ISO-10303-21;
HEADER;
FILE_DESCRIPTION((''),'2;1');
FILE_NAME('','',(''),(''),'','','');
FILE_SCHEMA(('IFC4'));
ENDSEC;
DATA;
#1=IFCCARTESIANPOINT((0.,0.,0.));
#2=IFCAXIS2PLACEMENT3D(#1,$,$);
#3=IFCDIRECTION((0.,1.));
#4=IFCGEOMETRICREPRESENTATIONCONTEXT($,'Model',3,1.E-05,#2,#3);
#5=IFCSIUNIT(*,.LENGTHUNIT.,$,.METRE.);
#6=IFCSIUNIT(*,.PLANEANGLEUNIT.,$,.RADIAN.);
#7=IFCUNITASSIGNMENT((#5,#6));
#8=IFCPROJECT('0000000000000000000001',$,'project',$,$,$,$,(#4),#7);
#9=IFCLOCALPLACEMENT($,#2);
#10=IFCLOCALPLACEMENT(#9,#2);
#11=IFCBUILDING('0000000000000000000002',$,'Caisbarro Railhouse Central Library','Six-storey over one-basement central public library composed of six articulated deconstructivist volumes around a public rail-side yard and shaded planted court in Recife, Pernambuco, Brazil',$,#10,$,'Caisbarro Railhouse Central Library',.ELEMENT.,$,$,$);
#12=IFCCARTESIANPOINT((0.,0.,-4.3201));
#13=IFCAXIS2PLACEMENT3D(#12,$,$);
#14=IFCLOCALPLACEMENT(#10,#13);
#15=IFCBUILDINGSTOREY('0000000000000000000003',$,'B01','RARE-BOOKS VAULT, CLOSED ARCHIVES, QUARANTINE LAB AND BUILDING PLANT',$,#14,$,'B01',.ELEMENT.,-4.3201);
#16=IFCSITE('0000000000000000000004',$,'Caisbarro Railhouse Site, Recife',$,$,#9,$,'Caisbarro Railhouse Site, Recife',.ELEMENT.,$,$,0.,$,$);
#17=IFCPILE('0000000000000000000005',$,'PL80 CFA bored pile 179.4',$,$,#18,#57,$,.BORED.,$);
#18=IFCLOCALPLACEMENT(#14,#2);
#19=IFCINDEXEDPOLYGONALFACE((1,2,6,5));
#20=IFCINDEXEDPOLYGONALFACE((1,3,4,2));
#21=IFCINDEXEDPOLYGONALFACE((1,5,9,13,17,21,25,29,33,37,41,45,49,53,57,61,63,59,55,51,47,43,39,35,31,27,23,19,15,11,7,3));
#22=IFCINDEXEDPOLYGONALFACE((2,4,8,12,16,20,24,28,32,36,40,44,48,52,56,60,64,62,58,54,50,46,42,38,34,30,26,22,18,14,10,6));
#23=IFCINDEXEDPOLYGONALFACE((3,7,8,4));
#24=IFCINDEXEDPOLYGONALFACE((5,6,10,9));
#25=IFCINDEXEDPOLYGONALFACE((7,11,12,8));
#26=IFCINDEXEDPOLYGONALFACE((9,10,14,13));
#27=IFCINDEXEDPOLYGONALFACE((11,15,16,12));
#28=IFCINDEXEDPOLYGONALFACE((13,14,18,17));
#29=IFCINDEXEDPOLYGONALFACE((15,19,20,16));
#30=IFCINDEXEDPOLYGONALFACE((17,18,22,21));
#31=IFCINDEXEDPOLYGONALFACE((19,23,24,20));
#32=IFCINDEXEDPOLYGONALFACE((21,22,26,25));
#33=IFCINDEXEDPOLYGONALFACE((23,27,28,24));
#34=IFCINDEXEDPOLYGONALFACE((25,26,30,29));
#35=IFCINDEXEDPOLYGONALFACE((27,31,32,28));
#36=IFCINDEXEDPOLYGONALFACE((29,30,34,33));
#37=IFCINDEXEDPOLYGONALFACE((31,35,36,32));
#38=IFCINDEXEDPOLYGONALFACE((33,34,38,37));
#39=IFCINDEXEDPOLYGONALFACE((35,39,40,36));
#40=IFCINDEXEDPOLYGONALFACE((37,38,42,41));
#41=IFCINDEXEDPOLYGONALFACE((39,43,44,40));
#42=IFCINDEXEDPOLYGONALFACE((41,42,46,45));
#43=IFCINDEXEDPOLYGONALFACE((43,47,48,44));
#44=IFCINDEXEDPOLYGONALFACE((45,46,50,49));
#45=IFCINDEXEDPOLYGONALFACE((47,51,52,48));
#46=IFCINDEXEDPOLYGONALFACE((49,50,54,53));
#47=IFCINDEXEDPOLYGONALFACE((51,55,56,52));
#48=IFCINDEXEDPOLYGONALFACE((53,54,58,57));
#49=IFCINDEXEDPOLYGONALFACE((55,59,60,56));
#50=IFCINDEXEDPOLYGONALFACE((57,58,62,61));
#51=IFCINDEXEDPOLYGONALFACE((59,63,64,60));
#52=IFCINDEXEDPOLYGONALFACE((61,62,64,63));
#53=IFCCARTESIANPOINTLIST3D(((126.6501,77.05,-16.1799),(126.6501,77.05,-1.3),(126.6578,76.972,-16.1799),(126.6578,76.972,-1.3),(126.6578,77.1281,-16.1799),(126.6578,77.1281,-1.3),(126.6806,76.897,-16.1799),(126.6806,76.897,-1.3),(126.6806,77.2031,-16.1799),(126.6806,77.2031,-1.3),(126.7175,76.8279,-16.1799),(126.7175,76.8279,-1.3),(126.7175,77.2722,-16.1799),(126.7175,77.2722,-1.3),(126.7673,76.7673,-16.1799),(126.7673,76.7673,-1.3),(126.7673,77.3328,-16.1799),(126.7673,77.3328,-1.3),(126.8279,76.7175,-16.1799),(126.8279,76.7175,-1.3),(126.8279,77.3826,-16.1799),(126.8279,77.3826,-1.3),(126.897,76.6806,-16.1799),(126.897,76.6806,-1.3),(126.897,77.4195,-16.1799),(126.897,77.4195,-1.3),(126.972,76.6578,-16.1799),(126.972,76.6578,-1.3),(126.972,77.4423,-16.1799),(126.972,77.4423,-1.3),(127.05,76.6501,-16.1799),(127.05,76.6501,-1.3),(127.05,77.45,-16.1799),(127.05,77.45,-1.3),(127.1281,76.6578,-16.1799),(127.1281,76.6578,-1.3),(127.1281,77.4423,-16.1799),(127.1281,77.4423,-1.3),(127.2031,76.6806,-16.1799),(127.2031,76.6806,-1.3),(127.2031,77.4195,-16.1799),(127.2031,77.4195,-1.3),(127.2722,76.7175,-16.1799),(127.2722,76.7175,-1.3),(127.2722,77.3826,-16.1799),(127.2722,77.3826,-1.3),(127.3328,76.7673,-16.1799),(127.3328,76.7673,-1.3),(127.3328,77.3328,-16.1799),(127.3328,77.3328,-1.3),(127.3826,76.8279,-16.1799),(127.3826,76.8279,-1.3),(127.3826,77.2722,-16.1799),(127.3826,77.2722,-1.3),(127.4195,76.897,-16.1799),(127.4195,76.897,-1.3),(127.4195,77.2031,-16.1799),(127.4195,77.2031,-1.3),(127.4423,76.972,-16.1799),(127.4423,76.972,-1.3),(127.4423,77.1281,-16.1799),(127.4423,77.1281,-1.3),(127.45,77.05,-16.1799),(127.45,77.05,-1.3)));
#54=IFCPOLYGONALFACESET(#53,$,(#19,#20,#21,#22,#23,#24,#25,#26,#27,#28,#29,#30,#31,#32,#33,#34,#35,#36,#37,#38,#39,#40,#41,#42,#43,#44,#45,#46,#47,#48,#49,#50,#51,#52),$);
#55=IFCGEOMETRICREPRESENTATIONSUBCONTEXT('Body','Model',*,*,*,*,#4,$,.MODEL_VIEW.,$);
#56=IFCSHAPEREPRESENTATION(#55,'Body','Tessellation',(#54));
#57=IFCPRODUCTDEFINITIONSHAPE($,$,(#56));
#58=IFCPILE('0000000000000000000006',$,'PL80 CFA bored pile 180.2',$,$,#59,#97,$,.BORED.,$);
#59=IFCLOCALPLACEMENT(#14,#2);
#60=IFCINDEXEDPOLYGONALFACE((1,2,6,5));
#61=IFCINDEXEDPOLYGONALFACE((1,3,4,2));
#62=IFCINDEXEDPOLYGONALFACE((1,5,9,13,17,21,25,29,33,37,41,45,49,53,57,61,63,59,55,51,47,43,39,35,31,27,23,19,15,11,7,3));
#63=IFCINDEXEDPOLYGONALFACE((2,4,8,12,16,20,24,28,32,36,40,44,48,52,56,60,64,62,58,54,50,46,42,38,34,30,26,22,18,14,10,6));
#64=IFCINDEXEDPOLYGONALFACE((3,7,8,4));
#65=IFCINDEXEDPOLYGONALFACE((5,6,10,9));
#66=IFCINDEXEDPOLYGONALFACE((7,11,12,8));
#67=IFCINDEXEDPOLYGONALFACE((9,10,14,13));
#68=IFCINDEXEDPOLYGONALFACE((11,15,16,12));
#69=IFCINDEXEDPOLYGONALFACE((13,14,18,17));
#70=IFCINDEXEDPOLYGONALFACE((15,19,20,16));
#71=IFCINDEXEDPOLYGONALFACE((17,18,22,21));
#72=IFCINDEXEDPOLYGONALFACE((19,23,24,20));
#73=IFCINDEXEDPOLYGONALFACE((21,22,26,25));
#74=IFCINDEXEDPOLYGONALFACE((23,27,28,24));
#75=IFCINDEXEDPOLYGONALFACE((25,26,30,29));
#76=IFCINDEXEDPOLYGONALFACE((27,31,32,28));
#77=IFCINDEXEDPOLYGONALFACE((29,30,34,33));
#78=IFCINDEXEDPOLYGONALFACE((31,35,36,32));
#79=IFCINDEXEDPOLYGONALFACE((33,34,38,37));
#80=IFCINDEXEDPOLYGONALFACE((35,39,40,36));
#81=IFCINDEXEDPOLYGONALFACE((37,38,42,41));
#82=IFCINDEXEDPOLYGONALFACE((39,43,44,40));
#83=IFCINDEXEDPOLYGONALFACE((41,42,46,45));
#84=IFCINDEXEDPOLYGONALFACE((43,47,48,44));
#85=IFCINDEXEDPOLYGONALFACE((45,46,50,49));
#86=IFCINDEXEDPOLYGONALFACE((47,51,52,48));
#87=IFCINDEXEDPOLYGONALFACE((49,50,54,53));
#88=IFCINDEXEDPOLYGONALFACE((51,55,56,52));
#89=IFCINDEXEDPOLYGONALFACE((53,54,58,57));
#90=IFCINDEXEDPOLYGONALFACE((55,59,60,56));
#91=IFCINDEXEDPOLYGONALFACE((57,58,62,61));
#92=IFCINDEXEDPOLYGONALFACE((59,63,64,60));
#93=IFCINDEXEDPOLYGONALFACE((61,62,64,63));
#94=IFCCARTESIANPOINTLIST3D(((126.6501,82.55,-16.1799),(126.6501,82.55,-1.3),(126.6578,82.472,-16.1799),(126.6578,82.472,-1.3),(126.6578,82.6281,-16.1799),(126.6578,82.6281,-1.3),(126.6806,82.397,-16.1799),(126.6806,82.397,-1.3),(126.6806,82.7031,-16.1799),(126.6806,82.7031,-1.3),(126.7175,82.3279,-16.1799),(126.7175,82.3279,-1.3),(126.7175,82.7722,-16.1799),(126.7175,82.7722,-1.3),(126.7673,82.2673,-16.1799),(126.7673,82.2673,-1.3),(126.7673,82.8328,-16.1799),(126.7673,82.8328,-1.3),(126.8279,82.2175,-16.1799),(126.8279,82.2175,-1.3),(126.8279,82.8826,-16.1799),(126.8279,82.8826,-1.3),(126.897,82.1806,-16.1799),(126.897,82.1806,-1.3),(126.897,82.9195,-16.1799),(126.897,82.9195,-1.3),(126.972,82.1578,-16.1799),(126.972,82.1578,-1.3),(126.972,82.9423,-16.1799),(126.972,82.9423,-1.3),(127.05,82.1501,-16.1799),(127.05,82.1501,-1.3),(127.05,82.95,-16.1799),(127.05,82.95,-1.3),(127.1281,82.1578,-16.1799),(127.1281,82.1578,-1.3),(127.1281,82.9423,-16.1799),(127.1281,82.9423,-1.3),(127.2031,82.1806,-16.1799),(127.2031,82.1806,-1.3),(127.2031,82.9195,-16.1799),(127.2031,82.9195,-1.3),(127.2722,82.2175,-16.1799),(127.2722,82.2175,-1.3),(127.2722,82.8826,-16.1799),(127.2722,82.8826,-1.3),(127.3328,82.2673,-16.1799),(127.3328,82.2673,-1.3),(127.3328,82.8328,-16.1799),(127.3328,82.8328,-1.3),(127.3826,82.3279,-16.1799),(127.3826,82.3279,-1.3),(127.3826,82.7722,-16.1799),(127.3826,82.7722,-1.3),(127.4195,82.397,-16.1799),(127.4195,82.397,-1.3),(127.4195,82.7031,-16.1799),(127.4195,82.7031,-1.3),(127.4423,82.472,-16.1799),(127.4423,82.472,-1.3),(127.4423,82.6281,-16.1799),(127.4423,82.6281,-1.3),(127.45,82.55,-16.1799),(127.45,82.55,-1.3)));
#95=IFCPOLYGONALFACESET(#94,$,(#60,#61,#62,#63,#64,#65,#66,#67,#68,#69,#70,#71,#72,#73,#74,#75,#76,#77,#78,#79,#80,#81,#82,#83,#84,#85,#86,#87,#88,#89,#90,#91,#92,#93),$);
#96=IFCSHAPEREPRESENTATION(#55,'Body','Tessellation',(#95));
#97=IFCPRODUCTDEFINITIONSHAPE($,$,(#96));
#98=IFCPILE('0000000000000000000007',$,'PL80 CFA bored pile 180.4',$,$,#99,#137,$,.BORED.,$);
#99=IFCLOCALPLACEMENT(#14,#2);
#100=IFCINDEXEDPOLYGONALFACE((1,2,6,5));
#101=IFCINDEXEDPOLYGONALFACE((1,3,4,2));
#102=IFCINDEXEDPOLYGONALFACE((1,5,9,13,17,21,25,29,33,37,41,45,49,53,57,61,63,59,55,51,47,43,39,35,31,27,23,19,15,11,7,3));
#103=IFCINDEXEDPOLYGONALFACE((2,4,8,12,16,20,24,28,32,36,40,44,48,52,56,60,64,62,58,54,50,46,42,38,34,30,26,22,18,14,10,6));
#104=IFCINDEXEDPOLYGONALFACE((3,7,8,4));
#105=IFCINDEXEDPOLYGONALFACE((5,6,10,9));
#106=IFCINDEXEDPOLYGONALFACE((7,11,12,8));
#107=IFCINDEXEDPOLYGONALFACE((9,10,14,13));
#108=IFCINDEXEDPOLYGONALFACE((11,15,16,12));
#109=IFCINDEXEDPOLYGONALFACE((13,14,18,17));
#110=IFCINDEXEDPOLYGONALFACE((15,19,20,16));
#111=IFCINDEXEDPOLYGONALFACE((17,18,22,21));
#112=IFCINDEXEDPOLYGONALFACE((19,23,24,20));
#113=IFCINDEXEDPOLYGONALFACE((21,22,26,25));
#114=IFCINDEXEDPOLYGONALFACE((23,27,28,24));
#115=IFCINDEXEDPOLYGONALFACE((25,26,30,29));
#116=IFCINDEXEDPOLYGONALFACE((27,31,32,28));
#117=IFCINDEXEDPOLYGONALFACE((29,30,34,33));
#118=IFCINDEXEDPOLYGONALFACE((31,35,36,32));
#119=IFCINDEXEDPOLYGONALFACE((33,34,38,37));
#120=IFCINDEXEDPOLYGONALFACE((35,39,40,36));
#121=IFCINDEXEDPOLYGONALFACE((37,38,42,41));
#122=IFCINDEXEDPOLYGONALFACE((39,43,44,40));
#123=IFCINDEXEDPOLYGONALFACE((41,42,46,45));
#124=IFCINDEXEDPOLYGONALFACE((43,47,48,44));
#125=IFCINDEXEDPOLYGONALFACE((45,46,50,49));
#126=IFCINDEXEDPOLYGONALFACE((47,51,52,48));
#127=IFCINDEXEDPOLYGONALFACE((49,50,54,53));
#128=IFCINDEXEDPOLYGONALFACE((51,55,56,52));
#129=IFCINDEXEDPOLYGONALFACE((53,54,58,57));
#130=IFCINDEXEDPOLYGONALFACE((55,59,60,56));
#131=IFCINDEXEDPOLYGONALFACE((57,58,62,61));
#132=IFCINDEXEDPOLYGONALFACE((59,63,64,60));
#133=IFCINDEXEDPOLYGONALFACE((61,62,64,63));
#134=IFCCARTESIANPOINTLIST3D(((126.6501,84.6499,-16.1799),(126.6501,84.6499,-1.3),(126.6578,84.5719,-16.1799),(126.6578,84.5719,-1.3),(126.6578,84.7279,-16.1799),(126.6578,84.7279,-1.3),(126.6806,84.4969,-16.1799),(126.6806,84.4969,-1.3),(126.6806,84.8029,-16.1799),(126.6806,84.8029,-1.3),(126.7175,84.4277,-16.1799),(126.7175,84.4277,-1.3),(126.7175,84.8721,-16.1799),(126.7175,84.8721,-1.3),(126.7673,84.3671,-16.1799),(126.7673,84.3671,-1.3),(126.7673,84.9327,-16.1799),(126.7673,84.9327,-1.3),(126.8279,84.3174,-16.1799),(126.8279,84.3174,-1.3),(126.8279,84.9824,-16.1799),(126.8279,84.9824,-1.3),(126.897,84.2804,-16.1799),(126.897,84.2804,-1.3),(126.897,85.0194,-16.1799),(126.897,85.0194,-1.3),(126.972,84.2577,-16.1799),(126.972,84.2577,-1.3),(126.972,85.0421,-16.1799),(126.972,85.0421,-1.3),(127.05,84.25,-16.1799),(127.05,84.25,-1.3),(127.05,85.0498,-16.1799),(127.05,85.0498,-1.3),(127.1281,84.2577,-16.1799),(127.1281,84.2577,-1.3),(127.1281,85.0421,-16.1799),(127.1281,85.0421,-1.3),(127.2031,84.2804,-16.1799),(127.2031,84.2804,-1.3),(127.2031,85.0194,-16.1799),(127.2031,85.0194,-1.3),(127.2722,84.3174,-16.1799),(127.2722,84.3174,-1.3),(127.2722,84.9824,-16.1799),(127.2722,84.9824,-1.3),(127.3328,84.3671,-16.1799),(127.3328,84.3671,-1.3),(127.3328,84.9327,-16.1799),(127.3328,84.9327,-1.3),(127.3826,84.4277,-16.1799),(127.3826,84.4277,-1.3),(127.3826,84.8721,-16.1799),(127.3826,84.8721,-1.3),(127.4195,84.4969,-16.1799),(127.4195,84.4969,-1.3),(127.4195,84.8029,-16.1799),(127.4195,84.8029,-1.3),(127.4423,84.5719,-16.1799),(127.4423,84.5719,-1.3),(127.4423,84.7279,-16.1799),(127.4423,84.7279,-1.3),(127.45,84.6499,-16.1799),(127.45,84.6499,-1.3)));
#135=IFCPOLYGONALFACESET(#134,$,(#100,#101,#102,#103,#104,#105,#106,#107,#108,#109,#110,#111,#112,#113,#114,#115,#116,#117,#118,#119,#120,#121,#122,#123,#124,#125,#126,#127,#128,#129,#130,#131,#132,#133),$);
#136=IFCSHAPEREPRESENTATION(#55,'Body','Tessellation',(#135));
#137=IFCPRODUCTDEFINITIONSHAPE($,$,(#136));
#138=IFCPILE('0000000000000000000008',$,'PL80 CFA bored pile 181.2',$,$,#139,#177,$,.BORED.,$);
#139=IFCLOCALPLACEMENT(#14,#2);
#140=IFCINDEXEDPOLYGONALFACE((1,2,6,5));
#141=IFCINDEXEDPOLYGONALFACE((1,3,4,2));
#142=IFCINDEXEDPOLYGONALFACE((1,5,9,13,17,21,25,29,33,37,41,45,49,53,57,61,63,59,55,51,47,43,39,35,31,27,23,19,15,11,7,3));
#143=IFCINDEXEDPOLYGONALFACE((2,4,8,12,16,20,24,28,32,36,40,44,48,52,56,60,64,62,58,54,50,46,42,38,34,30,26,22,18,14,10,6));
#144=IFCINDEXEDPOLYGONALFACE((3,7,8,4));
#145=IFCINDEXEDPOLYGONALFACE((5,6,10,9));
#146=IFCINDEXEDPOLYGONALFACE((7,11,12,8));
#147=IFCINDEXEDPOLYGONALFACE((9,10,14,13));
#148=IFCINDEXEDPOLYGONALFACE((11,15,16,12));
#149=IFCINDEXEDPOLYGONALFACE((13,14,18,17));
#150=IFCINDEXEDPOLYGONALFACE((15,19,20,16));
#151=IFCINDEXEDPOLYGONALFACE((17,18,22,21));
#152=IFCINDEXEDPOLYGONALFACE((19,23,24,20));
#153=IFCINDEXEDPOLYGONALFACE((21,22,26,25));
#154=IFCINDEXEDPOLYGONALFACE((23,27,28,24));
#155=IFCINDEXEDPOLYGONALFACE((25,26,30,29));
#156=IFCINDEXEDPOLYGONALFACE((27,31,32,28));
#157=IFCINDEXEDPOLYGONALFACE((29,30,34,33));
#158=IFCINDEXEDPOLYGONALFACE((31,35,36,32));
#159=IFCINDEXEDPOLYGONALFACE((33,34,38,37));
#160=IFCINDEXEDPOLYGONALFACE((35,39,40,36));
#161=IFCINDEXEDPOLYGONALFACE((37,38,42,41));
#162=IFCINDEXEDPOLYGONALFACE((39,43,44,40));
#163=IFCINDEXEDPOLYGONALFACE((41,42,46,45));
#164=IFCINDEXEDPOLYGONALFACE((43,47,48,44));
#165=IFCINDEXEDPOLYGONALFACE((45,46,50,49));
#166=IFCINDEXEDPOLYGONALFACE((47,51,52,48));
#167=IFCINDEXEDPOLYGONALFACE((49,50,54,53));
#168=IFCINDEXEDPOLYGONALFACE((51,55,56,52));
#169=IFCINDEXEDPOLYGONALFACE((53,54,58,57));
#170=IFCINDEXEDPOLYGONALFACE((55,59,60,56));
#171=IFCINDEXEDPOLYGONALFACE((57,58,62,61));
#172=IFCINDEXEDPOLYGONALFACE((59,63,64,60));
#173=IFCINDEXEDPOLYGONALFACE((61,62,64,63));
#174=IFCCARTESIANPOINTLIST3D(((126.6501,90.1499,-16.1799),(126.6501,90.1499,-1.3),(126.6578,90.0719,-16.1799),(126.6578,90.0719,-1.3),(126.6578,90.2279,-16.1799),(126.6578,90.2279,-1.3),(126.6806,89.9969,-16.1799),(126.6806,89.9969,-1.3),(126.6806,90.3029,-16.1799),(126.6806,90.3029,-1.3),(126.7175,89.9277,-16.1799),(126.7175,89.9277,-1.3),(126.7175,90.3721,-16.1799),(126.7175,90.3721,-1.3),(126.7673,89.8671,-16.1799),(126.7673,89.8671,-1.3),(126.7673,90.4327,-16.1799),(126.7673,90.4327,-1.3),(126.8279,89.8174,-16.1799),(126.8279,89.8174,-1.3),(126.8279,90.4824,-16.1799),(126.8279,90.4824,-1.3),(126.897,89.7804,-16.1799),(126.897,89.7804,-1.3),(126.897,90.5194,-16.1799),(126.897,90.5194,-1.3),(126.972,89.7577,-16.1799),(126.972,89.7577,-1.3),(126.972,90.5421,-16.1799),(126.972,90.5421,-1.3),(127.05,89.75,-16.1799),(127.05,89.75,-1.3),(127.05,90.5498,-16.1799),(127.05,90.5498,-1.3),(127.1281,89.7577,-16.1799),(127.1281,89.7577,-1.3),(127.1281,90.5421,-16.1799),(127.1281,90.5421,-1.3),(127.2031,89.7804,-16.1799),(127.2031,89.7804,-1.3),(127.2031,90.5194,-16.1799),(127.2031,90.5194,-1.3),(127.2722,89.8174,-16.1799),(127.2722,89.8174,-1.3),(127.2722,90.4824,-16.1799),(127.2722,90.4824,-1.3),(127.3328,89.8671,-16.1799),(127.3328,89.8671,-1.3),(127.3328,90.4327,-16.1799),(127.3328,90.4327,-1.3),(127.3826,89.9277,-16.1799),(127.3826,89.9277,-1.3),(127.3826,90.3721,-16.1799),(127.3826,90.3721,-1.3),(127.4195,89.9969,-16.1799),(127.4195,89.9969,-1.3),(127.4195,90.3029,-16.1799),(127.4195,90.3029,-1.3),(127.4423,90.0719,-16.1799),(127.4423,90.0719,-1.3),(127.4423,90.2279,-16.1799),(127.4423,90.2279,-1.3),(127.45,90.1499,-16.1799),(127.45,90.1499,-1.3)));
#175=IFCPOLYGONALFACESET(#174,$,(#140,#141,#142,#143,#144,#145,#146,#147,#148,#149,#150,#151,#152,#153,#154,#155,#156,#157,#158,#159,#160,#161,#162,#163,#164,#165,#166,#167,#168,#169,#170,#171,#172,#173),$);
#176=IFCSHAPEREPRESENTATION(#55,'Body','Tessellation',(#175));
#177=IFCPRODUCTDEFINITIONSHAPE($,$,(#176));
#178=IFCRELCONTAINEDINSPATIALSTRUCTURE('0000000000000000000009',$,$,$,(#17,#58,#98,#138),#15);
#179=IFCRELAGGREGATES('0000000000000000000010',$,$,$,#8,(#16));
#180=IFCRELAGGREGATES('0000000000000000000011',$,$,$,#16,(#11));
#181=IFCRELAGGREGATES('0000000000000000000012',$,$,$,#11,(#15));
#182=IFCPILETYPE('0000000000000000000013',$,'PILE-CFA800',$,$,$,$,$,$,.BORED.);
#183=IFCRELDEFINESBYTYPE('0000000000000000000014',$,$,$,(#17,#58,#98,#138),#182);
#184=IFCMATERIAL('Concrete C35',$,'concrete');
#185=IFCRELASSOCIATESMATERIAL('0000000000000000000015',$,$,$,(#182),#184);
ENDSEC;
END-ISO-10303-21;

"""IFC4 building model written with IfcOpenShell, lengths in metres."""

from ifc_helpers import new_model, si_unit, direction, frame, origin, origin_2d, place, context, subcontext, project, spatial, circle, extrude, material, material_profile, profile_set, type_object, element, save


model = new_model("IFC4")

# Units and contexts
model_context = context("Model", 3, precision=1e-05, world=origin(), true_north=direction((0.0, 1.0)))
body_context = subcontext(model_context, "Body", "Model", "MODEL_VIEW")
ifc_project = project(units=[si_unit("LENGTHUNIT", "METRE"), si_unit("PLANEANGLEUNIT", "RADIAN")], contexts=[model_context])

# Site, building, storey
site_placement = place(None, origin())
site = spatial("IfcSite", under=ifc_project, at=site_placement, Name="Caisbarro Railhouse Site, Recife", LongName="Caisbarro Railhouse Site, Recife", CompositionType="ELEMENT", RefElevation=0.0)
building_placement = place(site_placement, origin())
building = spatial("IfcBuilding", under=site, at=building_placement, Name="Caisbarro Railhouse Central Library", Description="Six-storey over one-basement central public library composed of six articulated deconstructivist volumes around a public rail-side yard and shaded planted court in Recife, Pernambuco, Brazil", LongName="Caisbarro Railhouse Central Library", CompositionType="ELEMENT")
storey_placement = place(building_placement, frame((0.0, 0.0, -4.3201)))
storey = spatial("IfcBuildingStorey", under=building, at=storey_placement, Name="B01", Description="RARE-BOOKS VAULT, CLOSED ARCHIVES, QUARANTINE LAB AND BUILDING PLANT", LongName="B01", CompositionType="ELEMENT", Elevation=-4.3201)

# Shared definitions
ifc_material_1 = material(Name="Concrete C35", Category="concrete")

# Piles
ifc_material_profile_1 = material_profile(ifc_material_1, circle(Radius=0.3999, at=origin_2d()), Name="PILE-CFA-800")
ifc_profile_set_1 = profile_set([ifc_material_profile_1], Name="Concrete C35")
pile_type_1 = type_object("IfcPileType", Name="PILE-CFA800", PredefinedType="BORED", material=ifc_profile_set_1)
for number, where, z_axis, x_axis, name in (
    (1, (127.05, 77.05, -1.3), (0.0, 0.0, -1.0), (1.0, 0.0, 0.0), "PL80 CFA bored pile 179.4"),
    (2, (127.05, 82.55, -1.3), (0.0, 0.0, -1.0), (1.0, 0.0, 0.0), "PL80 CFA bored pile 180.2"),
    (3, (127.05, 84.6499, -1.3), (0.0, 0.0, -1.0), (1.0, 0.0, 0.0), "PL80 CFA bored pile 180.4"),
    (4, (127.05, 90.1499, -1.3), (0.0, 0.0, -1.0), (1.0, 0.0, 0.0), "PL80 CFA bored pile 181.2"),
):
    element("IfcPile", number, at=place(storey_placement, frame(where, z_axis=z_axis, x_axis=x_axis)), inside=storey, type_object=pile_type_1, Name=name, PredefinedType="BORED", context=body_context, shape_type="SweptSolid", body=[
        extrude(circle(Radius=0.3999, at=origin_2d()), origin(), (0.0, 0.0, 1.0), 14.8799),
    ])

save(model, "model.ifc")
